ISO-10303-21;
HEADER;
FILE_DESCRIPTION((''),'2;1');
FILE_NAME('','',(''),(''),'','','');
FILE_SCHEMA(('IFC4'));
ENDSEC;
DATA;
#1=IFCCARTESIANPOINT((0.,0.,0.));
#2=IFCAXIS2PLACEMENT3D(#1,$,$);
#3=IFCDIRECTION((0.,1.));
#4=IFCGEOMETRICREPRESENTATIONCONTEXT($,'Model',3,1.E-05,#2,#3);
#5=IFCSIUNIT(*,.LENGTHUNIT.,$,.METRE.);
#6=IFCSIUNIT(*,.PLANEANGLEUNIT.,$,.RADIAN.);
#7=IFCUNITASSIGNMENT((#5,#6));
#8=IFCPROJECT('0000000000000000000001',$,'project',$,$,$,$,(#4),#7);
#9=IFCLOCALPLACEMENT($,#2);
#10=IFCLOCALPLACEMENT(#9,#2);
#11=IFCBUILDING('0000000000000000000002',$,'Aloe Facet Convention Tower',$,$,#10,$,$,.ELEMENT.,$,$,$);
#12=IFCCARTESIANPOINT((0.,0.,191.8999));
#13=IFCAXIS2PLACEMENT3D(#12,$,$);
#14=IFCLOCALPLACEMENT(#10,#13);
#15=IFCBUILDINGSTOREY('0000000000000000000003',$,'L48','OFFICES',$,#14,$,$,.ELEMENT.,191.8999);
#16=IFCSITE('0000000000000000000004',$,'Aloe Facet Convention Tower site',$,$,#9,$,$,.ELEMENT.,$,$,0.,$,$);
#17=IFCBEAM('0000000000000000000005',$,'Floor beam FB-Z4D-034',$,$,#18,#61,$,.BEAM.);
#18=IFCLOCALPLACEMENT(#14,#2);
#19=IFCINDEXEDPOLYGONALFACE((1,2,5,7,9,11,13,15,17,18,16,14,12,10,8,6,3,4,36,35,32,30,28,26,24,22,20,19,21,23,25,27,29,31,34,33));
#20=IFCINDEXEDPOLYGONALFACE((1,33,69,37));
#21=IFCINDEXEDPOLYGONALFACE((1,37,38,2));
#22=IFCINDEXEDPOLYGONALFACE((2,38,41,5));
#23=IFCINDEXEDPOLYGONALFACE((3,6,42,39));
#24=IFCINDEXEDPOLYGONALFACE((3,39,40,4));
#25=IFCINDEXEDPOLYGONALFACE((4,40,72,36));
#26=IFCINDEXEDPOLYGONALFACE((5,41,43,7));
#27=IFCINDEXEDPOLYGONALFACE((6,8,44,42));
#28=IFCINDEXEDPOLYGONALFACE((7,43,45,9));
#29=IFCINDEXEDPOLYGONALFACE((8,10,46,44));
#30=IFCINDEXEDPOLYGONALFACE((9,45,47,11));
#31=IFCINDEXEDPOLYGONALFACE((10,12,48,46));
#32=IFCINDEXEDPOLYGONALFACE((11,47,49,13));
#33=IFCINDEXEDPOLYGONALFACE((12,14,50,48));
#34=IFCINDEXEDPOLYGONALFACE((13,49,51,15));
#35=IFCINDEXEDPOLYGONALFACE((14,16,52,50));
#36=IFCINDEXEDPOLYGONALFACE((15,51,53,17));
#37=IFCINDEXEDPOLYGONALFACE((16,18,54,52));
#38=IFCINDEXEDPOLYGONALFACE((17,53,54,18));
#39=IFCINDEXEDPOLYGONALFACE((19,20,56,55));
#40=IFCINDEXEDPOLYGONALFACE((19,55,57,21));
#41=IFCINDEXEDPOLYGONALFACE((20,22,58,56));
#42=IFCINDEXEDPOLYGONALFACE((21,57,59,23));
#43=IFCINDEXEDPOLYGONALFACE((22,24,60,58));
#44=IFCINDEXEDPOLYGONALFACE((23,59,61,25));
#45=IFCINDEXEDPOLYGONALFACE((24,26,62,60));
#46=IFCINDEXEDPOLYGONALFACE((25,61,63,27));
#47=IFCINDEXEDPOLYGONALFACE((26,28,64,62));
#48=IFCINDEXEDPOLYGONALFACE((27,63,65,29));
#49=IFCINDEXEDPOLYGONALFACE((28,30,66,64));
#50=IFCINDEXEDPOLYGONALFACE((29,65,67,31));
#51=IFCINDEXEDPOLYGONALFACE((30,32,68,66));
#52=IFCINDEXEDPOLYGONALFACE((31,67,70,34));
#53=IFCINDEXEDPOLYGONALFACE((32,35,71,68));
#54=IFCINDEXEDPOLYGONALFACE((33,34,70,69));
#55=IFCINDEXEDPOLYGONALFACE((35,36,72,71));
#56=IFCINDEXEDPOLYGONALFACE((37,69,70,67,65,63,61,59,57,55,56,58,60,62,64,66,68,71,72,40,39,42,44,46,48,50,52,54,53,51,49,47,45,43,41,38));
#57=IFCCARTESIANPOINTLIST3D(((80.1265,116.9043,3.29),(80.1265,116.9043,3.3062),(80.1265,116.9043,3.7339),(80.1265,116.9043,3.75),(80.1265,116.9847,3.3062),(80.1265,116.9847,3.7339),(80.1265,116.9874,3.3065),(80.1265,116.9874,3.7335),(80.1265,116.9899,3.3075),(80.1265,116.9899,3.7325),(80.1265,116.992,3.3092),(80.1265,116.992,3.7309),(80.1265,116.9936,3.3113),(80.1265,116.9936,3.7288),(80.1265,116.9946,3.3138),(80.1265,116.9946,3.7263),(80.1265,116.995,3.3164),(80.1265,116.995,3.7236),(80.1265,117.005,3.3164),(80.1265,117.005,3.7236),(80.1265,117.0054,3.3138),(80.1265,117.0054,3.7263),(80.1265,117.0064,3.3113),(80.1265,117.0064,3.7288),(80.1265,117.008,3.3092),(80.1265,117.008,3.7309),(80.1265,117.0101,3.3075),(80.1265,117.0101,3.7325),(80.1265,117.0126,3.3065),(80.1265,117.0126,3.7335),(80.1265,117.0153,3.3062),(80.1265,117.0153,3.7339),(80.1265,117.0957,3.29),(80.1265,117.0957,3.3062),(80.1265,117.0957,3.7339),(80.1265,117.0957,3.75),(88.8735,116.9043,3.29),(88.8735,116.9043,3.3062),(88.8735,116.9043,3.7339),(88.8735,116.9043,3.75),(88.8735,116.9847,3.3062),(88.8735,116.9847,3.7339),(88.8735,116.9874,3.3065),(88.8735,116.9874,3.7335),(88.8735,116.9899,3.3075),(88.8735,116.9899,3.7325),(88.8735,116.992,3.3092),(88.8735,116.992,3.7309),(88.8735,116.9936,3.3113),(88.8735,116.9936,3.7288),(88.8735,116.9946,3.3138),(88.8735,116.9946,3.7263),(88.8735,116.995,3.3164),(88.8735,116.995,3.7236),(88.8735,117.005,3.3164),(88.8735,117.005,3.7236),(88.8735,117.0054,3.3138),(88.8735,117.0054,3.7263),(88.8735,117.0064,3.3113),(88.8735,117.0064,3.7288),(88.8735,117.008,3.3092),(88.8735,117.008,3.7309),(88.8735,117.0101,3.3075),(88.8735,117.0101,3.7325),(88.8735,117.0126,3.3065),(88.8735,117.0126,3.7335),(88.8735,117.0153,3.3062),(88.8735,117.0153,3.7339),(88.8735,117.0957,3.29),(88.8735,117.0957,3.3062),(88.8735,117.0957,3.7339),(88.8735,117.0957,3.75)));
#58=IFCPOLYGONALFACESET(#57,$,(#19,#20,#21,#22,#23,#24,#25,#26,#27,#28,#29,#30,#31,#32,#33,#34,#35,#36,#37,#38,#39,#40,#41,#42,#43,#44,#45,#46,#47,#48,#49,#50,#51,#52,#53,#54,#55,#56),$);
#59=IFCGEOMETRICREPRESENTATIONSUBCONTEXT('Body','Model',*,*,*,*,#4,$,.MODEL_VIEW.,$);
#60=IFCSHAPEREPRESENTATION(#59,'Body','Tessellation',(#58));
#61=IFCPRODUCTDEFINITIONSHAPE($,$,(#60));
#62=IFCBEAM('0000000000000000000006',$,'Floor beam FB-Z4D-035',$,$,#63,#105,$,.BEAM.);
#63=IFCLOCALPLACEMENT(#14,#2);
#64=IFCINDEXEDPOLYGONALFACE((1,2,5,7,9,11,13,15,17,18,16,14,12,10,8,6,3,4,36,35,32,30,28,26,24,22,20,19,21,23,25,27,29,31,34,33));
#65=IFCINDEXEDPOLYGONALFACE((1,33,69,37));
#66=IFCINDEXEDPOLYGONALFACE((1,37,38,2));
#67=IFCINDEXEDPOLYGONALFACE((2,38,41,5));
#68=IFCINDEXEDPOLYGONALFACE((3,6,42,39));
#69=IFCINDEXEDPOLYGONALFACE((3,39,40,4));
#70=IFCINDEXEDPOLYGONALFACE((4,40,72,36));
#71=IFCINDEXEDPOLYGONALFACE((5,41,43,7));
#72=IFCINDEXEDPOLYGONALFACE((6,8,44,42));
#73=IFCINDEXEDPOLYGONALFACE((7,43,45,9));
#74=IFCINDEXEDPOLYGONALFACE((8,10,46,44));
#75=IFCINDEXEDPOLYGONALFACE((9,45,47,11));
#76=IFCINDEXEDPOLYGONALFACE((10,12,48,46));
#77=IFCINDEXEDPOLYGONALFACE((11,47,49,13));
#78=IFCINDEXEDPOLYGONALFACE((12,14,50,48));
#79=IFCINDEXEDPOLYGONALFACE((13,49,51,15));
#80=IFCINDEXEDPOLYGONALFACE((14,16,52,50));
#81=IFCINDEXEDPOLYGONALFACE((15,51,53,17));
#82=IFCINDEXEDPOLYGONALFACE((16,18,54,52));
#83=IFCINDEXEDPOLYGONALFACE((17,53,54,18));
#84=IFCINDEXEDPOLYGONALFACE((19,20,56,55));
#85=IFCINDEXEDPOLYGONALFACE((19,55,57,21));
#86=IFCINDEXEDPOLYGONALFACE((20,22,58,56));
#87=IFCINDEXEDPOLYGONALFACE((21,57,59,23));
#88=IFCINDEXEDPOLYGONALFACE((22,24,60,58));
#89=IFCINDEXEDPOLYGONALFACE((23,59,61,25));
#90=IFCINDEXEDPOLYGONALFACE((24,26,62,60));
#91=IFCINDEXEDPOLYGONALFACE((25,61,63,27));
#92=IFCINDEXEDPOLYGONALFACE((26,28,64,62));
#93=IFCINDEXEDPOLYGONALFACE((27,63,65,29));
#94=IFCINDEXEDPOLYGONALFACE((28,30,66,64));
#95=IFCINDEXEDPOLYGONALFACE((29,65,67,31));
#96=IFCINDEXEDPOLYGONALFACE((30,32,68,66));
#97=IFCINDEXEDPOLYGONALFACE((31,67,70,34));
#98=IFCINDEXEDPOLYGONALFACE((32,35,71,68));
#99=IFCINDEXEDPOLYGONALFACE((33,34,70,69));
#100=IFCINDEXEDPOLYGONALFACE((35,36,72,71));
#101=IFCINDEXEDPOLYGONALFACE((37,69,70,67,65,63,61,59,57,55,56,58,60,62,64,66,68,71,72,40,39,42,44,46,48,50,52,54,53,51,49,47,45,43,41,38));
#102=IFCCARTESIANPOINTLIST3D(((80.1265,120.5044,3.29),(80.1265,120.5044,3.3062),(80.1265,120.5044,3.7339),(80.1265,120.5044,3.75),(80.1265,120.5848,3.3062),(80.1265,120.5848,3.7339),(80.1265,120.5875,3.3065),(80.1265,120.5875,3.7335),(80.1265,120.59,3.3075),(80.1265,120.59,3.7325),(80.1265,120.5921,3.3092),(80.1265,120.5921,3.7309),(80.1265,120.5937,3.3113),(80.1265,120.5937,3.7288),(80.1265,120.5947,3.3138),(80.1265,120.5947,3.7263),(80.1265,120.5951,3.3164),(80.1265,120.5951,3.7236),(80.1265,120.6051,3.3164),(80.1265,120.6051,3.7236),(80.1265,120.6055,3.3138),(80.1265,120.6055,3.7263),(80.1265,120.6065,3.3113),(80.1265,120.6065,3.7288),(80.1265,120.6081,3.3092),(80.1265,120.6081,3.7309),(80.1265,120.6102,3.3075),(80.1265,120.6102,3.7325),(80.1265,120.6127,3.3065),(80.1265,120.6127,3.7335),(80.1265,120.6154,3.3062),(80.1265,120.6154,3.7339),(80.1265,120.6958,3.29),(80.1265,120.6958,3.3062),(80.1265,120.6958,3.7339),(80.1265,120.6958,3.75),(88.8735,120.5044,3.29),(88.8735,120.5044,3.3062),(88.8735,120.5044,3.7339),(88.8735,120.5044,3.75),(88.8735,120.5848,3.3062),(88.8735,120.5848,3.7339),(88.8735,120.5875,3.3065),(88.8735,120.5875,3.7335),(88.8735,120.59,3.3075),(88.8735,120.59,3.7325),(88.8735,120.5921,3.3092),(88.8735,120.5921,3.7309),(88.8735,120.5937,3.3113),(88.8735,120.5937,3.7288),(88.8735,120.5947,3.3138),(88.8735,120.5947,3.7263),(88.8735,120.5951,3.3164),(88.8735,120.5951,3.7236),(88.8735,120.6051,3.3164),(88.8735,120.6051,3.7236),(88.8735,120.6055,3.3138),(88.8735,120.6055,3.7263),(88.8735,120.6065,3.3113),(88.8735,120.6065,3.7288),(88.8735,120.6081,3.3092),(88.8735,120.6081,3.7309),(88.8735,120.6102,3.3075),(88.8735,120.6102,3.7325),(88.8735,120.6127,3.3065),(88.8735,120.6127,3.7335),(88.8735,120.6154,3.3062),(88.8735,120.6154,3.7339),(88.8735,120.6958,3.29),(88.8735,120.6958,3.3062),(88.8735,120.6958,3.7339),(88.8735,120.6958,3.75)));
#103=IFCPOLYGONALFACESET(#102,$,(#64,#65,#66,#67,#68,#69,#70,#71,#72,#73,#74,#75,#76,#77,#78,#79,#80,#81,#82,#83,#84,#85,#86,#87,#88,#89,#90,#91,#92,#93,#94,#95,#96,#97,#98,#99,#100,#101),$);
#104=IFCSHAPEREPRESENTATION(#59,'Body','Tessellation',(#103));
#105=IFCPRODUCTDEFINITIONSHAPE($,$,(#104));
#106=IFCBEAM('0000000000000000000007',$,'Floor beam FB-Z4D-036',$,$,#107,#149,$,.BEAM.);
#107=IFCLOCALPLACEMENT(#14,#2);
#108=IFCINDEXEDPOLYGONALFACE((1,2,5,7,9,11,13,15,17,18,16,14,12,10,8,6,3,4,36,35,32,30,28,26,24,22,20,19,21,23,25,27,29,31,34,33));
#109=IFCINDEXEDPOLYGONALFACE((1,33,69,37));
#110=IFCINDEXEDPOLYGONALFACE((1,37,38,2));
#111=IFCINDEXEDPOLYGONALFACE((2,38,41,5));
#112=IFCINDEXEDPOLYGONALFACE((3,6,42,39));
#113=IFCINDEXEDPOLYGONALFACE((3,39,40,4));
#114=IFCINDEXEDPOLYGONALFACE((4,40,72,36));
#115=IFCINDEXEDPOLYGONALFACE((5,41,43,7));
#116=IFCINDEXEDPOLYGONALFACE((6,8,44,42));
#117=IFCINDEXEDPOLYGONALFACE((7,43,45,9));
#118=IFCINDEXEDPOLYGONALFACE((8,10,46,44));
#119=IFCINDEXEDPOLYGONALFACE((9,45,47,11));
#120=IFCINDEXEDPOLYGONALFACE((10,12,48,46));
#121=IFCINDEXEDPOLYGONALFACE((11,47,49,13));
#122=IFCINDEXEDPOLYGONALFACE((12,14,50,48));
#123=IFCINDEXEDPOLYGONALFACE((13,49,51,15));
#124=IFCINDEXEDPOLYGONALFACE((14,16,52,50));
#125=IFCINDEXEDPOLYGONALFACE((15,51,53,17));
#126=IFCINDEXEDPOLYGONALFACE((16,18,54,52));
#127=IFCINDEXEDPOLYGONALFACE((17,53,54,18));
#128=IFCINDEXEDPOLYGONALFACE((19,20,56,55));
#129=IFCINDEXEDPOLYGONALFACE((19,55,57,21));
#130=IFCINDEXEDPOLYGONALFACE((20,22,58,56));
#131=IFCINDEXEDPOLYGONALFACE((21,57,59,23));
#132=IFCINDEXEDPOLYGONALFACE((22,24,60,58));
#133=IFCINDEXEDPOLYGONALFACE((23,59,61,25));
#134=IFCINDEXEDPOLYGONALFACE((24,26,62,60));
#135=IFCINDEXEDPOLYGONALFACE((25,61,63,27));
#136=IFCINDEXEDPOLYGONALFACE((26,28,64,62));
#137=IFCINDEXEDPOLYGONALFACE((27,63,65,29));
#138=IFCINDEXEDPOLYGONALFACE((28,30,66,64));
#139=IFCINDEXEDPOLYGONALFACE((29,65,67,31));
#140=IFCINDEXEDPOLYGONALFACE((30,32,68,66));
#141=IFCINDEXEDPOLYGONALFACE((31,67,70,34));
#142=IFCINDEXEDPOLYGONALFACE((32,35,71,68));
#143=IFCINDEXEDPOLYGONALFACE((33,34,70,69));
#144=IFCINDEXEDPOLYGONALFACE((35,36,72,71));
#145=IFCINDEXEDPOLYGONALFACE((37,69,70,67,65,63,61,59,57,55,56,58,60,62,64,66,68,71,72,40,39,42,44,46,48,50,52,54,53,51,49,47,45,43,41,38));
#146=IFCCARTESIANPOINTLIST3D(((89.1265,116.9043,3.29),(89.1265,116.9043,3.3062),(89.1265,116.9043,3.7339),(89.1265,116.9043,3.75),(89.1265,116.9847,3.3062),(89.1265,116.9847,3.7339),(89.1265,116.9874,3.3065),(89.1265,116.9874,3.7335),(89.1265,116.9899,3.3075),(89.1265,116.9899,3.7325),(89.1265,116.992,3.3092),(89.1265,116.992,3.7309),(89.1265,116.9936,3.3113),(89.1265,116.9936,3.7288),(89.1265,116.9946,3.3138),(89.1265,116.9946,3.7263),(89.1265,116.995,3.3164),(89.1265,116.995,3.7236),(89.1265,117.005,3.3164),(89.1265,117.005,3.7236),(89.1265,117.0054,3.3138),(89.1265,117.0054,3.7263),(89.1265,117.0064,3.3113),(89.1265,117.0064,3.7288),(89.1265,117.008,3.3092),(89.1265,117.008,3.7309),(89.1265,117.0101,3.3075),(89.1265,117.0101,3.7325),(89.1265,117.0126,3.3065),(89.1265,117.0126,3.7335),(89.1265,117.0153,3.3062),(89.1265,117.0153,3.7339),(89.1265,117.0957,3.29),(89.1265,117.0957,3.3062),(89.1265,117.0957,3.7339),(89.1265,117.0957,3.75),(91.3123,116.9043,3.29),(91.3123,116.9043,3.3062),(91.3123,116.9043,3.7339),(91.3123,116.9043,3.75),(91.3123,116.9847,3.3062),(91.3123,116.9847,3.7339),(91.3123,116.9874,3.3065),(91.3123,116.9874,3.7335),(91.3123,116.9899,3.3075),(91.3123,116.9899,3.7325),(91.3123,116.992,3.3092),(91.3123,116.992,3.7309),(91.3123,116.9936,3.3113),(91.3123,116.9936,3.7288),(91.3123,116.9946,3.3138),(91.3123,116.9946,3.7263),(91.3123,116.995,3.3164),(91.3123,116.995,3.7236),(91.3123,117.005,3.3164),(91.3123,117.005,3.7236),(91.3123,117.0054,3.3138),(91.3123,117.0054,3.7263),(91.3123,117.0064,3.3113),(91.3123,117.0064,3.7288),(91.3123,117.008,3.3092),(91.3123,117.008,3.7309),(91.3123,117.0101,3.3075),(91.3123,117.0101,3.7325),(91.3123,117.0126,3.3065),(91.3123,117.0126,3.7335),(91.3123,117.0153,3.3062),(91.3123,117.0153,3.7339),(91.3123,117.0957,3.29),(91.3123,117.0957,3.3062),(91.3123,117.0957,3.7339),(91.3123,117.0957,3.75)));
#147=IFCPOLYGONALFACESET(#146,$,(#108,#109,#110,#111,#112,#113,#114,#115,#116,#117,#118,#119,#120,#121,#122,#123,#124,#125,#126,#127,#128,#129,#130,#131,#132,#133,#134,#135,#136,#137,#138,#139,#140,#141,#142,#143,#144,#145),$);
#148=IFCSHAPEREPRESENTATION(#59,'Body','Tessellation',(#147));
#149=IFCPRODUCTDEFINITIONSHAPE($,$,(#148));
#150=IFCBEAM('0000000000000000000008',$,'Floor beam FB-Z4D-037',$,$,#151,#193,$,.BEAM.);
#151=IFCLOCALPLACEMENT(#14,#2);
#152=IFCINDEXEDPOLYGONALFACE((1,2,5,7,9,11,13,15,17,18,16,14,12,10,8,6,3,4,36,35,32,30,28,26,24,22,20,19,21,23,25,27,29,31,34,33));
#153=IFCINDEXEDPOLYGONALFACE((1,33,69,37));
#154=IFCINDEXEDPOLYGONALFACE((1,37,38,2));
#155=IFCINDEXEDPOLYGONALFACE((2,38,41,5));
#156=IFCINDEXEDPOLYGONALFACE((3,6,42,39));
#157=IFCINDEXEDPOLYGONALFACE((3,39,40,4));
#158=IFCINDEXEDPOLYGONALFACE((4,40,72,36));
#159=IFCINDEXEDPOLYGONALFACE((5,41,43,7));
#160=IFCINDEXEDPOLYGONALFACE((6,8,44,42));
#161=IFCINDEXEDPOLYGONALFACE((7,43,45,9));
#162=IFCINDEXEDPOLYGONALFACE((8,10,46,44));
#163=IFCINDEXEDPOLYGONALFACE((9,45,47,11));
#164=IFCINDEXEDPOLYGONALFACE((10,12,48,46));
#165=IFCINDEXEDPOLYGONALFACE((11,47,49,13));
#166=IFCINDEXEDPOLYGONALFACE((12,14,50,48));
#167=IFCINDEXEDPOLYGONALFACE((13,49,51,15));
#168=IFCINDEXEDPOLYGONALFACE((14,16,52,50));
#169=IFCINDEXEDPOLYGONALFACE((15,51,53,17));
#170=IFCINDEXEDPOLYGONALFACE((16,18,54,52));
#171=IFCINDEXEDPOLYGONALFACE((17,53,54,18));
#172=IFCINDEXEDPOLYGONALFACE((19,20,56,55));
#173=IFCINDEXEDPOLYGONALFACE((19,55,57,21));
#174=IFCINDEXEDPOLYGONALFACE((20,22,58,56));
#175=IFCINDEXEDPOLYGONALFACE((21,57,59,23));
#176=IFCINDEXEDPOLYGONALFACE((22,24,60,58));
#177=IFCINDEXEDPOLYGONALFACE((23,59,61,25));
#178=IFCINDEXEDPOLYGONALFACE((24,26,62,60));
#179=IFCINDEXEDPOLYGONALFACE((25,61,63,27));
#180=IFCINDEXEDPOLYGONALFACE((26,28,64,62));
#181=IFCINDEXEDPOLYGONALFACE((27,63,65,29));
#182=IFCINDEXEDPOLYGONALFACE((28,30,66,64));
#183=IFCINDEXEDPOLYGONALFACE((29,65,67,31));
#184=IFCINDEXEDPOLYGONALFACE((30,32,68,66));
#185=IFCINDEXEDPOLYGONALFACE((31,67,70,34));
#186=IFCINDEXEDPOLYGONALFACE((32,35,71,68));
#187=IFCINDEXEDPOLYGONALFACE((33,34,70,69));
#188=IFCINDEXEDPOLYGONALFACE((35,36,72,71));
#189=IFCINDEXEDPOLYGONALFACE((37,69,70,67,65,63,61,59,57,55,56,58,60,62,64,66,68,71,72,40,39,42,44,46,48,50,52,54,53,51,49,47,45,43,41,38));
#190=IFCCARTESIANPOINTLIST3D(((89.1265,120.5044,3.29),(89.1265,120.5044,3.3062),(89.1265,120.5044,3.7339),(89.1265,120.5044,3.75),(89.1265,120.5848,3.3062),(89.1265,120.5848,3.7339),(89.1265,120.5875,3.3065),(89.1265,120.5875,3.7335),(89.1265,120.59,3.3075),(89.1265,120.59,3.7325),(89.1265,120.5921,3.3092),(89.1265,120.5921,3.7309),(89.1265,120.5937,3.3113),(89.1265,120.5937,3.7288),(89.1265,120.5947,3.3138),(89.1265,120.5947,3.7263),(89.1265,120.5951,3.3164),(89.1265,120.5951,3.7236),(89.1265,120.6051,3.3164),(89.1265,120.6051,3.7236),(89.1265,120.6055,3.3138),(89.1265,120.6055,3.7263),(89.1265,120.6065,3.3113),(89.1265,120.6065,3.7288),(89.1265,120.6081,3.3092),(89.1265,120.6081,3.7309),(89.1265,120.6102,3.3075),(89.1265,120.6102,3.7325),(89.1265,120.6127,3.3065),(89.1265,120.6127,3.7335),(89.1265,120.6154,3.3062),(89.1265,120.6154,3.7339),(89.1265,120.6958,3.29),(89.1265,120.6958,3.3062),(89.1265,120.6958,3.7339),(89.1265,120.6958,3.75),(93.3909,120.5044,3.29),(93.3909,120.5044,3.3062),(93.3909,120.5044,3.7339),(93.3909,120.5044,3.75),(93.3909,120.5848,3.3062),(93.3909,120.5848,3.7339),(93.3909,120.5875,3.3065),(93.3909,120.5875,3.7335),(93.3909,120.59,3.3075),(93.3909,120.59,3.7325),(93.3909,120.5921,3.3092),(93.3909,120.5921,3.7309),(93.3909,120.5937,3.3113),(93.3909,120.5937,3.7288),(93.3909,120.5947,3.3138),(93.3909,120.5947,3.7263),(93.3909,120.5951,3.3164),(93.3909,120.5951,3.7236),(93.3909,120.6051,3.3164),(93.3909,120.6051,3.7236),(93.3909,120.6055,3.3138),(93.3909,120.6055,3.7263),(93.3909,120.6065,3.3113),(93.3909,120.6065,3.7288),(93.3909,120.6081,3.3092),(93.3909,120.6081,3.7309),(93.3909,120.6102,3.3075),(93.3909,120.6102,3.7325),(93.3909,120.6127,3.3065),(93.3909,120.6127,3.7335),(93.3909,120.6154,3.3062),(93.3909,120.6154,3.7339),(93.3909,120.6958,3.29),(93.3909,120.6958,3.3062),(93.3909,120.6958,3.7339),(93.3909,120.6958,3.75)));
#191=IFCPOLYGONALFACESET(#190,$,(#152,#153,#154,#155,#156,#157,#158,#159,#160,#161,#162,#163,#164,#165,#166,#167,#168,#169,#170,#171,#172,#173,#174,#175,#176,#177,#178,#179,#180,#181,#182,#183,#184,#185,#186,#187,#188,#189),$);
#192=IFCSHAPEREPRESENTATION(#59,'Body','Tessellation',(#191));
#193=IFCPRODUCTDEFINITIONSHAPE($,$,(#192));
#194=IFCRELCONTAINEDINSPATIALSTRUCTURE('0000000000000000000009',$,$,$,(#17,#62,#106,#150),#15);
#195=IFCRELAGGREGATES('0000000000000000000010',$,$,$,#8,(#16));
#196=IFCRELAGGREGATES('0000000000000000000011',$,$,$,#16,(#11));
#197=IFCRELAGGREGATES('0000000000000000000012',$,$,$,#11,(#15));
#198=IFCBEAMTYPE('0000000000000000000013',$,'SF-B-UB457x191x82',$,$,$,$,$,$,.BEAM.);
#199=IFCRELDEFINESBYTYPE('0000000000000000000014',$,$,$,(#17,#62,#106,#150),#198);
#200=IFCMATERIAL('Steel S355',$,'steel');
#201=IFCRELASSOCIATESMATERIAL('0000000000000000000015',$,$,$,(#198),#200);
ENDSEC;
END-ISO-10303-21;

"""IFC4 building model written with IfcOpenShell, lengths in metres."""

from ifc_helpers import new_model, si_unit, direction, frame, origin, origin_2d, place, context, subcontext, project, spatial, i_section, extrude, material, material_profile, profile_set, type_object, element, save


model = new_model("IFC4")

# Units and contexts
model_context = context("Model", 3, precision=1e-05, world=origin(), true_north=direction((0.0, 1.0)))
body_context = subcontext(model_context, "Body", "Model", "MODEL_VIEW")
ifc_project = project(units=[si_unit("LENGTHUNIT", "METRE"), si_unit("PLANEANGLEUNIT", "RADIAN")], contexts=[model_context])

# Site, building, storey
site_placement = place(None, origin())
site = spatial("IfcSite", under=ifc_project, at=site_placement, Name="Aloe Facet Convention Tower site", CompositionType="ELEMENT", RefElevation=0.0)
building_placement = place(site_placement, origin())
building = spatial("IfcBuilding", under=site, at=building_placement, Name="Aloe Facet Convention Tower", CompositionType="ELEMENT")
storey_placement = place(building_placement, frame((0.0, 0.0, 191.8999)))
storey = spatial("IfcBuildingStorey", under=building, at=storey_placement, Name="L48", Description="OFFICES", CompositionType="ELEMENT", Elevation=191.8999)

# Beams
ifc_material_1 = material(Name="Steel S355", Category="steel")
ifc_material_profile_1 = material_profile(ifc_material_1, i_section(OverallWidth=0.1914, OverallDepth=0.46, WebThickness=0.01, FlangeThickness=0.0161, FilletRadius=0.0103, at=origin_2d()), Name="UB 457x191x82")
ifc_profile_set_1 = profile_set([ifc_material_profile_1], Name="Steel S355")
beam_type_1 = type_object("IfcBeamType", Name="SF-B-UB457x191x82", PredefinedType="BEAM", material=ifc_profile_set_1)
for number, where, z_axis, x_axis, name in (
    (1, (80.1265, 117.0, 3.52), (1.0, 0.0, 0.0), (0.0, 1.0, 0.0), "Floor beam FB-Z4D-034"),
    (2, (80.1265, 120.6001, 3.52), (1.0, 0.0, 0.0), (0.0, 1.0, 0.0), "Floor beam FB-Z4D-035"),
):
    element("IfcBeam", number, at=place(storey_placement, frame(where, z_axis=z_axis, x_axis=x_axis)), inside=storey, type_object=beam_type_1, Name=name, PredefinedType="BEAM", context=body_context, shape_type="SweptSolid", body=[
        extrude(i_section(OverallWidth=0.1914, OverallDepth=0.46, WebThickness=0.01, FlangeThickness=0.0161, FilletRadius=0.0103, at=origin_2d()), origin(), (0.0, 0.0, 1.0), 8.7471),
    ])
beam_1_placement = place(storey_placement, frame((89.1265, 117.0, 3.52), z_axis=(1.0, 0.0, 0.0), x_axis=(0.0, 1.0, 0.0)))
element("IfcBeam", 3, at=beam_1_placement, inside=storey, type_object=beam_type_1, Name="Floor beam FB-Z4D-036", PredefinedType="BEAM", context=body_context, shape_type="SweptSolid", body=[
    extrude(i_section(OverallWidth=0.1914, OverallDepth=0.46, WebThickness=0.01, FlangeThickness=0.0161, FilletRadius=0.0103, at=origin_2d()), origin(), (0.0, 0.0, 1.0), 2.1858),
])
beam_2_placement = place(storey_placement, frame((89.1265, 120.6001, 3.52), z_axis=(1.0, 0.0, 0.0), x_axis=(0.0, 1.0, 0.0)))
element("IfcBeam", 4, at=beam_2_placement, inside=storey, type_object=beam_type_1, Name="Floor beam FB-Z4D-037", PredefinedType="BEAM", context=body_context, shape_type="SweptSolid", body=[
    extrude(i_section(OverallWidth=0.1914, OverallDepth=0.46, WebThickness=0.01, FlangeThickness=0.0161, FilletRadius=0.0103, at=origin_2d()), origin(), (0.0, 0.0, 1.0), 4.2644),
])

save(model, "model.ifc")
